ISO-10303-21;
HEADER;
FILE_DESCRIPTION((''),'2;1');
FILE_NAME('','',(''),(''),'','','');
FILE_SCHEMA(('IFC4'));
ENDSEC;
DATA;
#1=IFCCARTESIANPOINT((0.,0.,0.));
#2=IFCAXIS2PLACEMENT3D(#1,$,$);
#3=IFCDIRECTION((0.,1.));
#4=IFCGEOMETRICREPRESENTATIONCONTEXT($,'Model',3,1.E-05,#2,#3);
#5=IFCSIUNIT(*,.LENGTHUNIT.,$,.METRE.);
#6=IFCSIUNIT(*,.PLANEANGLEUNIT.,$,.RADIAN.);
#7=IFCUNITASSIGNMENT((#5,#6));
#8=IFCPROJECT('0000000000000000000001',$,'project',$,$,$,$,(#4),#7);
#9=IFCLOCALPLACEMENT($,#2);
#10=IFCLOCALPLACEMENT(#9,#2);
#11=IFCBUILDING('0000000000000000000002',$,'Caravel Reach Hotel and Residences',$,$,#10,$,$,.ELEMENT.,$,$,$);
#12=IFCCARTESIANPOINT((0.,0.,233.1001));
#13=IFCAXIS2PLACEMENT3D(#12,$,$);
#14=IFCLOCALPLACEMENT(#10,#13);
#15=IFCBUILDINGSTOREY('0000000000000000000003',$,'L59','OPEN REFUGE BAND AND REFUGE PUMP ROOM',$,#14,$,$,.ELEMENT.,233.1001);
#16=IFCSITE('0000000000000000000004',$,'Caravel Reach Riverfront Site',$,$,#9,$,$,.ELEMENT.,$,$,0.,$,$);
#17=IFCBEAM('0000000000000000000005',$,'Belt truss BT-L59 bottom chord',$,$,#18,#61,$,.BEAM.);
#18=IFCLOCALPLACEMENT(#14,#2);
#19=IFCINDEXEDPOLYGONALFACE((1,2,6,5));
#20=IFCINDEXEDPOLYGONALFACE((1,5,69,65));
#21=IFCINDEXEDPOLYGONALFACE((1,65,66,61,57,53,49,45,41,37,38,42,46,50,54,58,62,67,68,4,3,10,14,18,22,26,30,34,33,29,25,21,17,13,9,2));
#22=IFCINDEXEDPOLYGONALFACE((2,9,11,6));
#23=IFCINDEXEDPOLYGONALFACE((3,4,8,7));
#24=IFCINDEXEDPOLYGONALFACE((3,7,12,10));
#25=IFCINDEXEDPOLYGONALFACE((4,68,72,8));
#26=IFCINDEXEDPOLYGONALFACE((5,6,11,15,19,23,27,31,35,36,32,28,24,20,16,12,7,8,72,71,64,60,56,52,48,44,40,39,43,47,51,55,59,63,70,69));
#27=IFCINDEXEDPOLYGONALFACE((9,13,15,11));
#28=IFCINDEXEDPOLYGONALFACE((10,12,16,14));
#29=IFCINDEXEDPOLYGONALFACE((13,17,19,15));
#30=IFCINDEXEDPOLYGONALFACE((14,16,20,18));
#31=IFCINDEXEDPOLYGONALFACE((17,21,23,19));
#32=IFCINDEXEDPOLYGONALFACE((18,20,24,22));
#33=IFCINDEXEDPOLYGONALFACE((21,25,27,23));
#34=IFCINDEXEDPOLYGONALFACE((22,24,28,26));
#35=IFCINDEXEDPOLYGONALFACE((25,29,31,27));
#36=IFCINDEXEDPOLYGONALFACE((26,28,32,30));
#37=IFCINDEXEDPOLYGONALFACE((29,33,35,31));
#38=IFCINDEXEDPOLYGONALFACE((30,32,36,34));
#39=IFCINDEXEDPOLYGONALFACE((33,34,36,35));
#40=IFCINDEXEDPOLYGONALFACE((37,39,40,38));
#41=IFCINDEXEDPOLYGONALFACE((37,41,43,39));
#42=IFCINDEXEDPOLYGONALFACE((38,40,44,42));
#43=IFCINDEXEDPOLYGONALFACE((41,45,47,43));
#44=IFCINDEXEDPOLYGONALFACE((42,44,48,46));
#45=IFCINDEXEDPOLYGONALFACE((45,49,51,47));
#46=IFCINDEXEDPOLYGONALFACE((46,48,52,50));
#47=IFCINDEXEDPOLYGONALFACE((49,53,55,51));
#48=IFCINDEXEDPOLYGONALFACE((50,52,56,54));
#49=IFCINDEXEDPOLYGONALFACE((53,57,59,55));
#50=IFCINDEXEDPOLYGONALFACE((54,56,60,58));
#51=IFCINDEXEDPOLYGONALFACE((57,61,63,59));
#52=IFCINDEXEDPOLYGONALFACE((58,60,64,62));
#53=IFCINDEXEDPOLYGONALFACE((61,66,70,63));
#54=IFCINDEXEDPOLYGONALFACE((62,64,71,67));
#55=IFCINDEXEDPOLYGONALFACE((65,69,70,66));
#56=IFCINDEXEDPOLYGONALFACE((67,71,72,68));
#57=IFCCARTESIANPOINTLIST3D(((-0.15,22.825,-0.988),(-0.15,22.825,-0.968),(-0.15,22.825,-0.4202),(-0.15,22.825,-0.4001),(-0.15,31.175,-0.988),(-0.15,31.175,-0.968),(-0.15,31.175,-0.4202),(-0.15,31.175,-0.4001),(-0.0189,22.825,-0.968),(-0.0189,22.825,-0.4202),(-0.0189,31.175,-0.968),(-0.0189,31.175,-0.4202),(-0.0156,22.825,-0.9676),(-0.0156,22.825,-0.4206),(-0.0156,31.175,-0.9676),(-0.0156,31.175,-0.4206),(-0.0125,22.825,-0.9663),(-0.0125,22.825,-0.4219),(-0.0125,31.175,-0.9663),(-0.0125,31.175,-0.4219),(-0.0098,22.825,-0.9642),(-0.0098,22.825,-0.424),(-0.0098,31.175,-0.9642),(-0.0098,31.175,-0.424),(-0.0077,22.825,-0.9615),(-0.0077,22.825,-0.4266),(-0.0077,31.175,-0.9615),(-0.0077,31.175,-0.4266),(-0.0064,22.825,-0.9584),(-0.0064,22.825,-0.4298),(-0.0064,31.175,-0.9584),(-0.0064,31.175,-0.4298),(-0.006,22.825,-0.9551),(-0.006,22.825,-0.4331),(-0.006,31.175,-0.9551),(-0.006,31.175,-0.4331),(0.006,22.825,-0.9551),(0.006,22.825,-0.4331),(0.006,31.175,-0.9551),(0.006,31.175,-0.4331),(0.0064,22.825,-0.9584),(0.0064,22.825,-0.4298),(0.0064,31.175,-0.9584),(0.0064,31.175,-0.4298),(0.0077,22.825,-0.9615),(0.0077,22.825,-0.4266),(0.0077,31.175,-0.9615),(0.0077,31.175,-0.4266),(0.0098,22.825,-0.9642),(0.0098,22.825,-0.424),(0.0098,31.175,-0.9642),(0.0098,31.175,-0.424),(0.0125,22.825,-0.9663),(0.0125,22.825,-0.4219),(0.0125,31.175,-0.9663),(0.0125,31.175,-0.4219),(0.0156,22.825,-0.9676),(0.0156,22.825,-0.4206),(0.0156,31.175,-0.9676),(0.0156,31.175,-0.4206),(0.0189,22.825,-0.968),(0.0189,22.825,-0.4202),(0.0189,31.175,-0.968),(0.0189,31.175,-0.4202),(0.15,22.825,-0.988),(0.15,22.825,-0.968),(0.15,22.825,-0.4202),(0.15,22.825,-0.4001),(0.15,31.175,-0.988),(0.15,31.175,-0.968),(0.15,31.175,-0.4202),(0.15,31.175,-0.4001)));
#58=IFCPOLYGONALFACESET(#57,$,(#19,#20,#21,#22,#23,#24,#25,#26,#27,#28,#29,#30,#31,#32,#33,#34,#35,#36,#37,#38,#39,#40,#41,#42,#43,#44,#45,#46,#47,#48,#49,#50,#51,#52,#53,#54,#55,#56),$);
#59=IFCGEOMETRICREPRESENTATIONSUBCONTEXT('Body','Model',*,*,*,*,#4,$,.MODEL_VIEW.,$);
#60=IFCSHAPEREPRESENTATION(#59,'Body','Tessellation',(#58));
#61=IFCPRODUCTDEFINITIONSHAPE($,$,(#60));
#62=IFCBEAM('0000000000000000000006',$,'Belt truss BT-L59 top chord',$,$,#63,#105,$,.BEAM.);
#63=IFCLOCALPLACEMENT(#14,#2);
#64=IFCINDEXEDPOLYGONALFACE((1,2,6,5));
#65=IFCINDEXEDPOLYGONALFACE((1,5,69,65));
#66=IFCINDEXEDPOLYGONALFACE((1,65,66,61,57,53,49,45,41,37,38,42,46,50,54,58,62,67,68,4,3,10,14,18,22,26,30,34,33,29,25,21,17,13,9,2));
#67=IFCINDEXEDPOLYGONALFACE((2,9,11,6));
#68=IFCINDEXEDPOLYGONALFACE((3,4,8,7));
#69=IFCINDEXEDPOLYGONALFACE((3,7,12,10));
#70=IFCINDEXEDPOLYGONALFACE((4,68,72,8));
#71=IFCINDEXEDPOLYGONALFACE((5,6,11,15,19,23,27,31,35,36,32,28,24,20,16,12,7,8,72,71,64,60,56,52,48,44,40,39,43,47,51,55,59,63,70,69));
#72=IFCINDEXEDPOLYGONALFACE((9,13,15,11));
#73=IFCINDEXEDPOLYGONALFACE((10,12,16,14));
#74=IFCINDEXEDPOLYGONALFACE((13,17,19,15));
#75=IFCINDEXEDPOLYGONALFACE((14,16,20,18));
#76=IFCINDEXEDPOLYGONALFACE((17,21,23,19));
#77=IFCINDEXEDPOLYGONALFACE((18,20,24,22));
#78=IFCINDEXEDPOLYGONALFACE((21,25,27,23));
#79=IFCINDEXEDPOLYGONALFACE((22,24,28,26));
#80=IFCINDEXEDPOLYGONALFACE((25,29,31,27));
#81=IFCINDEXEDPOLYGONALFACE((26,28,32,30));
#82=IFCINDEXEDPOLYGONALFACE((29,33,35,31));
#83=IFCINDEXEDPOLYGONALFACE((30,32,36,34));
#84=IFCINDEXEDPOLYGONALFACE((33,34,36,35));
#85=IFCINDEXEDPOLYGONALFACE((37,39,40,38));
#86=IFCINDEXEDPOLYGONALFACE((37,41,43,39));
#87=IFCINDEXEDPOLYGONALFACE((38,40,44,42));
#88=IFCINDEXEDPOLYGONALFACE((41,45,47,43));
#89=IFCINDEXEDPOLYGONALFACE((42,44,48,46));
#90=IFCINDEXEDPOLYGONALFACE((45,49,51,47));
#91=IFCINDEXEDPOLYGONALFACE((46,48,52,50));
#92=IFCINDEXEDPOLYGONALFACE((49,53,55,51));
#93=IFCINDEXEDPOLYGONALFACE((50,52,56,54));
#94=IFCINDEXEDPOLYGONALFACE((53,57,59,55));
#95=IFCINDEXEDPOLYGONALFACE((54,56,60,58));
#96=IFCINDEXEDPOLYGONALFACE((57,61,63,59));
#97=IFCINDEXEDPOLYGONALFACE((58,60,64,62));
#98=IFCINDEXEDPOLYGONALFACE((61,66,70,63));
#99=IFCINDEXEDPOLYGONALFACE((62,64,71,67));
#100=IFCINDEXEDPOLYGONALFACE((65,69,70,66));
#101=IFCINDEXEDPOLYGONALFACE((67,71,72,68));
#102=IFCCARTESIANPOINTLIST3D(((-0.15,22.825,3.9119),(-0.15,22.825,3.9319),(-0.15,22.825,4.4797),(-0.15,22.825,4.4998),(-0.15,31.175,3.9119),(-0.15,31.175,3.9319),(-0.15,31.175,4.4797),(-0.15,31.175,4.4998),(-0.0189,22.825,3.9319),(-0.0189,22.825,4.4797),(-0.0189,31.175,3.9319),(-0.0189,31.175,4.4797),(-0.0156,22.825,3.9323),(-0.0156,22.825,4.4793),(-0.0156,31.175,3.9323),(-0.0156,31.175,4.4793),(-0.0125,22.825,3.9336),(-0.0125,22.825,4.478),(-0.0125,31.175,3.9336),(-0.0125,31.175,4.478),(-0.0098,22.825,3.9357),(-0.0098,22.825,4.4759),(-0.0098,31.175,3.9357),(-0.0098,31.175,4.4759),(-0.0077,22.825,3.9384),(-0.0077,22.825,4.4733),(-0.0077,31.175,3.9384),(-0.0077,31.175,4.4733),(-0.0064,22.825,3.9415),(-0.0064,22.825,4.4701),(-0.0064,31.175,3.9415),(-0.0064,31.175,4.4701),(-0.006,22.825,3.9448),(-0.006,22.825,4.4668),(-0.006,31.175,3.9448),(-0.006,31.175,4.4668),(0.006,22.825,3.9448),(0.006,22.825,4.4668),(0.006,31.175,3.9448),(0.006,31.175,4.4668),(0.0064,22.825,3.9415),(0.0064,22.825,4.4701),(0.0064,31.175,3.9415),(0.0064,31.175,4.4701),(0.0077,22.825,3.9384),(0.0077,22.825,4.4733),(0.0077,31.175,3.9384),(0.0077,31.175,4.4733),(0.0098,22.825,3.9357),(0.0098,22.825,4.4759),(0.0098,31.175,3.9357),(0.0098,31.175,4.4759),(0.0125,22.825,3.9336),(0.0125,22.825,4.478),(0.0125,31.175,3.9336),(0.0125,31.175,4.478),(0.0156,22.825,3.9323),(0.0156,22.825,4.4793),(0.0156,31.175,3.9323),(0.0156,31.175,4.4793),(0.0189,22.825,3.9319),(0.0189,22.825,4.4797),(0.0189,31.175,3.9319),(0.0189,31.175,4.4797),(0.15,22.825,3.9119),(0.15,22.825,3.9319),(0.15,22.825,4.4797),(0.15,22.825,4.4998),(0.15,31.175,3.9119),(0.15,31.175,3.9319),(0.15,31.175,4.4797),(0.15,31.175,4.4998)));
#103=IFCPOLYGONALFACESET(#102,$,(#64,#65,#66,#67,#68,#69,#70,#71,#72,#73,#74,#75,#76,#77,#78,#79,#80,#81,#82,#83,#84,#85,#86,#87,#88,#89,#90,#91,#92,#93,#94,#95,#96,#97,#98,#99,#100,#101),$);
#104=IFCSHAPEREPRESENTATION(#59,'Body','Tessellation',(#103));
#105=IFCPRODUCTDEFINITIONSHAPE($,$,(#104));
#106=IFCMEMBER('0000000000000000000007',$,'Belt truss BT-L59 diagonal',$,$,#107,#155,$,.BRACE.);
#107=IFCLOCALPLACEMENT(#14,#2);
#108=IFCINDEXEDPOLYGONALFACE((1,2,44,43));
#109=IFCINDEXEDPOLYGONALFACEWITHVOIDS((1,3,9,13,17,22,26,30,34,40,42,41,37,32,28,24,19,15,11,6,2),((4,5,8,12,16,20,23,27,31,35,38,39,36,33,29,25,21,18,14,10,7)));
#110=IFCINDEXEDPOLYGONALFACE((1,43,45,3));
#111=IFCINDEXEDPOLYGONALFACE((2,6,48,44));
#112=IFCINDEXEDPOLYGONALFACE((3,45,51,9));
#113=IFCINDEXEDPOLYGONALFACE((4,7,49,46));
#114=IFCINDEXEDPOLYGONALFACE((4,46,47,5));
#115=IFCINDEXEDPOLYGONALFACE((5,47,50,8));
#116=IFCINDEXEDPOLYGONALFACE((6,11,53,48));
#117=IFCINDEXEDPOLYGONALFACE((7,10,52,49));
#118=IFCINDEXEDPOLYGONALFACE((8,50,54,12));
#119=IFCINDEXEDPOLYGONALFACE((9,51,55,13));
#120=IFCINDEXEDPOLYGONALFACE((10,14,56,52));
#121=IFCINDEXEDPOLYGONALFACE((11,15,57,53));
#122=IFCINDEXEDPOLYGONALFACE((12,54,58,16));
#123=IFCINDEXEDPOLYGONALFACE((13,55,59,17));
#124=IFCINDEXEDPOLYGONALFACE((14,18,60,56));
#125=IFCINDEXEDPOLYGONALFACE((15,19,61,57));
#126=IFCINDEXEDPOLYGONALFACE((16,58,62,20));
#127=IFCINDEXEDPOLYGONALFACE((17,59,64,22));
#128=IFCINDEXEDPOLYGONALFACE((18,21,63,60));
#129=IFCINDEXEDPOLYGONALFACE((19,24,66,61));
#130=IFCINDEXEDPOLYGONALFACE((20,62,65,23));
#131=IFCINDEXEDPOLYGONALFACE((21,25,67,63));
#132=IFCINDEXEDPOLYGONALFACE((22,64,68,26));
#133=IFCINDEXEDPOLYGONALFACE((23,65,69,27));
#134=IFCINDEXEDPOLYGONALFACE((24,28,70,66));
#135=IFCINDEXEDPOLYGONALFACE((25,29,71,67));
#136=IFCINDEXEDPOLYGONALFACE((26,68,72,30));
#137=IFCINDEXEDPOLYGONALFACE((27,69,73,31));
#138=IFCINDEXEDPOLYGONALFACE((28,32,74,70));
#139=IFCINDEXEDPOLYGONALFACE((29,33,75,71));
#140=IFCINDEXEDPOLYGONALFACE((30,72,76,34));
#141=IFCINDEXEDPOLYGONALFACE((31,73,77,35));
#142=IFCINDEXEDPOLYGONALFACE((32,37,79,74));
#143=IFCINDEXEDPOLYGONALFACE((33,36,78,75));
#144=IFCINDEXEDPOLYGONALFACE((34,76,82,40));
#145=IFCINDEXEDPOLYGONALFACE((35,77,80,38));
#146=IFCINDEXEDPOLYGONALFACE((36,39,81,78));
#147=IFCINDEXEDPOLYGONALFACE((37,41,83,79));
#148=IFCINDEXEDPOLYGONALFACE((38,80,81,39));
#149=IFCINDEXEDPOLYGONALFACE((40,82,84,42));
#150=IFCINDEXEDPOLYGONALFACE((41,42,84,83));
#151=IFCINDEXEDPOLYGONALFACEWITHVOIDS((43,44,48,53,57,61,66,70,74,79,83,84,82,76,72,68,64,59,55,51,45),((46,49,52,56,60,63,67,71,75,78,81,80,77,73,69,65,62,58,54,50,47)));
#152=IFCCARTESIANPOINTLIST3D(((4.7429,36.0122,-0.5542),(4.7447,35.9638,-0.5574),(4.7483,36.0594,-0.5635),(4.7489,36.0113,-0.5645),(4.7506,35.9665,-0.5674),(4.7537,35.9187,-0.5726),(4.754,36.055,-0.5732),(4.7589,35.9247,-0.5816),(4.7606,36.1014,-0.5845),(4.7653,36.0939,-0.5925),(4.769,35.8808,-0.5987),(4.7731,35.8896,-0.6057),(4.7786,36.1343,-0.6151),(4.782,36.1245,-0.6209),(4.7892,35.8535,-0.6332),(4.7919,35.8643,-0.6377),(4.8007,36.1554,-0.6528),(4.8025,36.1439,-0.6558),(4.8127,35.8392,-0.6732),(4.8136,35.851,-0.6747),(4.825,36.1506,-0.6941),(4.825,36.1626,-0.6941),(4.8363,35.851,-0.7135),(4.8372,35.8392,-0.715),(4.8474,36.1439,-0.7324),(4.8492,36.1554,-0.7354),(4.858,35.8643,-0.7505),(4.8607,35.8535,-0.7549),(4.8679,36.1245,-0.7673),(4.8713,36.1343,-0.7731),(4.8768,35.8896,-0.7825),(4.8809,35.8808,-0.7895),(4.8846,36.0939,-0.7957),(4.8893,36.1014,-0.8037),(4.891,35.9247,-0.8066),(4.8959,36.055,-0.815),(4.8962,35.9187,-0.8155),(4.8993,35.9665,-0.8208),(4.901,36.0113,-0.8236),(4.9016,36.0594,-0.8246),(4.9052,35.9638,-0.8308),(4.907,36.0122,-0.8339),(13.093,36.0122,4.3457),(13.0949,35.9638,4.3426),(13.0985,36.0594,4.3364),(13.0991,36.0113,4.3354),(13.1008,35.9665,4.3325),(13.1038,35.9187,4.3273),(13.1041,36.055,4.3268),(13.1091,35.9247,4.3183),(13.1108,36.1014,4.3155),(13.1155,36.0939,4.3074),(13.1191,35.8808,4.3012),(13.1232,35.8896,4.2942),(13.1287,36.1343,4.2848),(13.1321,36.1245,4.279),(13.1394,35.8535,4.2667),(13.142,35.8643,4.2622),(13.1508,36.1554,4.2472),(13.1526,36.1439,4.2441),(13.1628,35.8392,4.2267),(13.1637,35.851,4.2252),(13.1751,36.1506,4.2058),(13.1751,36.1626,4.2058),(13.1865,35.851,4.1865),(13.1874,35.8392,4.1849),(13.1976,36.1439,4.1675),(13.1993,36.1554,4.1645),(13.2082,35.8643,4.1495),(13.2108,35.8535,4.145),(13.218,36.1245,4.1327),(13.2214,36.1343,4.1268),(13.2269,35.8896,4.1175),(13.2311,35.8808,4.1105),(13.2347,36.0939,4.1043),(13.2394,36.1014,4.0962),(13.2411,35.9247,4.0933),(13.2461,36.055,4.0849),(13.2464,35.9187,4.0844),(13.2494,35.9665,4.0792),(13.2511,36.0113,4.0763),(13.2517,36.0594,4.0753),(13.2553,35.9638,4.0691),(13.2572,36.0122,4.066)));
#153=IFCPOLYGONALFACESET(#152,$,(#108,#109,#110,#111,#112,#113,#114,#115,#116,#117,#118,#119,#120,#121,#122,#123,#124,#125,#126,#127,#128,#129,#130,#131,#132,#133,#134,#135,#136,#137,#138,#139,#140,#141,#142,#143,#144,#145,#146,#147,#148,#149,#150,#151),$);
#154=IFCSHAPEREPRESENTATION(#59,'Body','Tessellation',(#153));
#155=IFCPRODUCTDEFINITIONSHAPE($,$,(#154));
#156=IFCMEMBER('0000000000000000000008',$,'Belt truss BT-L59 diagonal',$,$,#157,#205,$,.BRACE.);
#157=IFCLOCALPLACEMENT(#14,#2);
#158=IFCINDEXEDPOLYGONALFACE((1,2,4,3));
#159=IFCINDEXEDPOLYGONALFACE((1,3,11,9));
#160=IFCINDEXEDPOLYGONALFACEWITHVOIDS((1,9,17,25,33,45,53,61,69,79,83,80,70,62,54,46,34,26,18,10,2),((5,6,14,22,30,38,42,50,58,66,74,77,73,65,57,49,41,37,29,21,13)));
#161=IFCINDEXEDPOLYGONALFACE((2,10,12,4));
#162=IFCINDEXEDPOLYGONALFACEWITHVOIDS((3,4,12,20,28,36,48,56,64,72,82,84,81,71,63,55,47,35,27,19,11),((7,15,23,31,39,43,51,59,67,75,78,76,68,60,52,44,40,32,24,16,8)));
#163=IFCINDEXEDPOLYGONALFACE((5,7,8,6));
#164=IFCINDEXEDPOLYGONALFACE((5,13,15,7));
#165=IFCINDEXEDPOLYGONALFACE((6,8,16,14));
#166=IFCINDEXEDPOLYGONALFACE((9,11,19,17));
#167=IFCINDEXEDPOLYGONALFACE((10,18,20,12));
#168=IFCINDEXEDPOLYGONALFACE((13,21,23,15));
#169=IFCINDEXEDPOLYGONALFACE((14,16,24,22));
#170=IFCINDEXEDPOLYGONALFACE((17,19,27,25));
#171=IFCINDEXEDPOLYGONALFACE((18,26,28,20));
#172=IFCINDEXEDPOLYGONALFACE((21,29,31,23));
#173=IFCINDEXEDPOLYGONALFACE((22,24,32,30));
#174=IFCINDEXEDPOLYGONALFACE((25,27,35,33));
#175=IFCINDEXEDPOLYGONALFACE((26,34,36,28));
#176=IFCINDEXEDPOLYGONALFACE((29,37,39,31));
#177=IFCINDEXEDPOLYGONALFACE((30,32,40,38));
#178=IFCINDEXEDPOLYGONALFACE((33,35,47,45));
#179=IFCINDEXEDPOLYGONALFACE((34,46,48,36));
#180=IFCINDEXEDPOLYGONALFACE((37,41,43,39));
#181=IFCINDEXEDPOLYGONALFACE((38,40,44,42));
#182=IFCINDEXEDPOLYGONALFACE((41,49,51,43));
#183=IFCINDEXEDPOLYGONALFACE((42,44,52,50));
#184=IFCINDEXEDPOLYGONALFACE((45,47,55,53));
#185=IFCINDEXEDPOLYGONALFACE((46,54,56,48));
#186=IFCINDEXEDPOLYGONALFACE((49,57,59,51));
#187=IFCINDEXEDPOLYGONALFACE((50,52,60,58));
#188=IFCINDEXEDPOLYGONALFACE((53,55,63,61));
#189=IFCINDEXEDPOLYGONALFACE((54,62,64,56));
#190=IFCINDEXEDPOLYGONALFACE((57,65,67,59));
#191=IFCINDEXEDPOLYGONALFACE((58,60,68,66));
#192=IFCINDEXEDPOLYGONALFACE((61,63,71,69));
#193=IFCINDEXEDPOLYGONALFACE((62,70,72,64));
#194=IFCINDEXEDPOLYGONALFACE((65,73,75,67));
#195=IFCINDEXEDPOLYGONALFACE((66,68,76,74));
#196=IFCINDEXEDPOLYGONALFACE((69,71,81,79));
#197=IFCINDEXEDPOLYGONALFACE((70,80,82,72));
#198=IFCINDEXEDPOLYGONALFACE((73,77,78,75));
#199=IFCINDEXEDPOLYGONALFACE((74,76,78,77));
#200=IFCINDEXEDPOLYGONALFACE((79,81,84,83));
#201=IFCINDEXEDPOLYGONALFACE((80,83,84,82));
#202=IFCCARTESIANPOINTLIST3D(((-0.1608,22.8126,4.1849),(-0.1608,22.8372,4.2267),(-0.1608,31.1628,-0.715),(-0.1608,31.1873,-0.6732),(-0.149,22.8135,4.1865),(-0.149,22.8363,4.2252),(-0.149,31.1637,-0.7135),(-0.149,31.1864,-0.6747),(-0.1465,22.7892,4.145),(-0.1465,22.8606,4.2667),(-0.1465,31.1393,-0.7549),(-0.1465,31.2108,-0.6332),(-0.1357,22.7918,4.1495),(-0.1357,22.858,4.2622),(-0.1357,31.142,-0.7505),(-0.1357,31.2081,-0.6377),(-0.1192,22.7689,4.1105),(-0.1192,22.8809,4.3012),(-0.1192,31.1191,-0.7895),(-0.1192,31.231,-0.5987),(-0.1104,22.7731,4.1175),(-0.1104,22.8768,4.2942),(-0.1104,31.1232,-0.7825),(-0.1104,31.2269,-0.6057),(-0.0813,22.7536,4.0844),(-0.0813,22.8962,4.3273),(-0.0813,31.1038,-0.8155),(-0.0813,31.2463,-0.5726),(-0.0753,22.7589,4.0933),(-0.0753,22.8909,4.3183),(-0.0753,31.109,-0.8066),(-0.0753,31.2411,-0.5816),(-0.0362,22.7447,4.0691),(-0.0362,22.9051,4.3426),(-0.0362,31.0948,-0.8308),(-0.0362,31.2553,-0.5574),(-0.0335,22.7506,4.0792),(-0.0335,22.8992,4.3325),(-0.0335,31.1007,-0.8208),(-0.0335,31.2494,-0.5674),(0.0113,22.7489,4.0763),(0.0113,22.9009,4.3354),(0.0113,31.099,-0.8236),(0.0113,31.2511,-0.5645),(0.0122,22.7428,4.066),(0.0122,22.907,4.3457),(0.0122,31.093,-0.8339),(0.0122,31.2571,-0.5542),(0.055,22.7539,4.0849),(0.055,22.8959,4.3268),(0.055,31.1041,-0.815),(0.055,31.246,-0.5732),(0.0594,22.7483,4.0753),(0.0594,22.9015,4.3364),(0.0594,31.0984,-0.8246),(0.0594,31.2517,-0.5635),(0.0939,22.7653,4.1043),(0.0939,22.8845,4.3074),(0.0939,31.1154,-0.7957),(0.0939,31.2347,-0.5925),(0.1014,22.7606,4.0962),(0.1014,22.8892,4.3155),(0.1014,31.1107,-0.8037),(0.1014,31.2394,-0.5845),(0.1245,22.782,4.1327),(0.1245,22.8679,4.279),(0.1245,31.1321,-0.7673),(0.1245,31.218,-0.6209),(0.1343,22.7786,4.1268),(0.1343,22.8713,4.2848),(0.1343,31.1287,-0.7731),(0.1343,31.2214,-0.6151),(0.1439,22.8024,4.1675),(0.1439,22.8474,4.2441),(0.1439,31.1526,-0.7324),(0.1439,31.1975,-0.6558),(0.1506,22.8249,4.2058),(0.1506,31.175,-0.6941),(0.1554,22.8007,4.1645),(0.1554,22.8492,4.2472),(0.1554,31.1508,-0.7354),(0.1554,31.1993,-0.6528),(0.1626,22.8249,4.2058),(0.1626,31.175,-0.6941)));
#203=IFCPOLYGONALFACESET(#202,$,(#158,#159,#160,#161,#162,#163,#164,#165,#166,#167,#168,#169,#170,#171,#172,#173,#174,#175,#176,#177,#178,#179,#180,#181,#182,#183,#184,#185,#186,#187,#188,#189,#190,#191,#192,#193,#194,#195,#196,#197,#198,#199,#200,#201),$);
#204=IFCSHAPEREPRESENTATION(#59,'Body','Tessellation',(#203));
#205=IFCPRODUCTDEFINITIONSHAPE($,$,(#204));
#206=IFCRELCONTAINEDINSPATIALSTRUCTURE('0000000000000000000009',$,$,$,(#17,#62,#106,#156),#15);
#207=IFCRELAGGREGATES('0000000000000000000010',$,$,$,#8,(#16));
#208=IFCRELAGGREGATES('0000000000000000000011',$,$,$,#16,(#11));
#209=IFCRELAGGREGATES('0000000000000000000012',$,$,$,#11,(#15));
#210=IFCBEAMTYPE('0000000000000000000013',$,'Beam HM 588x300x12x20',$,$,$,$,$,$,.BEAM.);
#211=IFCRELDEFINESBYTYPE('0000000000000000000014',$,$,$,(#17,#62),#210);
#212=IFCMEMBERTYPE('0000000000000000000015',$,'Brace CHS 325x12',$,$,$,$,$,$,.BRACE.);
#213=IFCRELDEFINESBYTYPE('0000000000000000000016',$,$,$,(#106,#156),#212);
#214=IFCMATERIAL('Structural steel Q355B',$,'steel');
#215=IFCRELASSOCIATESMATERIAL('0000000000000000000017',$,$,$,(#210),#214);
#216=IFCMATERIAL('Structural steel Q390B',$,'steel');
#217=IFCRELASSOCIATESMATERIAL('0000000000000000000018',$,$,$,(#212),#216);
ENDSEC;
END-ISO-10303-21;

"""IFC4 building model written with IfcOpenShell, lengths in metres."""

from ifc_helpers import new_model, si_unit, direction, frame, origin, origin_2d, place, context, subcontext, project, spatial, hollow_circle, i_section, extrude, material, material_profile, profile_set, type_object, element, save


model = new_model("IFC4")

# Units and contexts
model_context = context("Model", 3, precision=1e-05, world=origin(), true_north=direction((0.0, 1.0)))
body_context = subcontext(model_context, "Body", "Model", "MODEL_VIEW")
ifc_project = project(units=[si_unit("LENGTHUNIT", "METRE"), si_unit("PLANEANGLEUNIT", "RADIAN")], contexts=[model_context])

# Site, building, storey
site_placement = place(None, origin())
site = spatial("IfcSite", under=ifc_project, at=site_placement, Name="Caravel Reach Riverfront Site", CompositionType="ELEMENT", RefElevation=0.0)
building_placement = place(site_placement, origin())
building = spatial("IfcBuilding", under=site, at=building_placement, Name="Caravel Reach Hotel and Residences", CompositionType="ELEMENT")
storey_placement = place(building_placement, frame((0.0, 0.0, 233.1001)))
storey = spatial("IfcBuildingStorey", under=building, at=storey_placement, Name="L59", Description="OPEN REFUGE BAND AND REFUGE PUMP ROOM", CompositionType="ELEMENT", Elevation=233.1001)

# Beams
ifc_material_1 = material(Name="Structural steel Q355B", Category="steel")
ifc_material_profile_1 = material_profile(ifc_material_1, i_section(OverallWidth=0.3, OverallDepth=0.5879, WebThickness=0.012, FlangeThickness=0.02, FilletRadius=0.0129, at=origin_2d()), Name="HM 588x300x12x20")
ifc_profile_set_1 = profile_set([ifc_material_profile_1], Name="Structural steel Q355B")
beam_type = type_object("IfcBeamType", Name="Beam HM 588x300x12x20", PredefinedType="BEAM", material=ifc_profile_set_1)
for number, where, z_axis, x_axis, name in (
    (1, (0.0, 31.175, -0.6941), (0.0, -1.0, 0.0), (1.0, 0.0, 0.0), "Belt truss BT-L59 bottom chord"),
    (2, (0.0, 31.175, 4.2058), (0.0, -1.0, 0.0), (1.0, 0.0, 0.0), "Belt truss BT-L59 top chord"),
):
    element("IfcBeam", number, at=place(storey_placement, frame(where, z_axis=z_axis, x_axis=x_axis)), inside=storey, type_object=beam_type, Name=name, PredefinedType="BEAM", context=body_context, shape_type="SweptSolid", body=[
        extrude(i_section(OverallWidth=0.3, OverallDepth=0.5879, WebThickness=0.012, FlangeThickness=0.02, FilletRadius=0.0129, at=origin_2d()), origin(), (0.0, 0.0, 1.0), 8.3501),
    ])

# Members
ifc_material_2 = material(Name="Structural steel Q390B", Category="steel")
ifc_material_profile_2 = material_profile(ifc_material_2, hollow_circle(Radius=0.1626, WallThickness=0.012, at=origin_2d()), Name="CHS 325x12")
ifc_profile_set_2 = profile_set([ifc_material_profile_2], Name="Structural steel Q390B")
member_type = type_object("IfcMemberType", Name="Brace CHS 325x12", PredefinedType="BRACE", material=ifc_profile_set_2)
for number, where, z_axis, x_axis, name in (
    (3, (4.825, 36.0, -0.6941), (0.862472, 0.0, 0.506105), (0.0, 1.0, 0.0), "Belt truss BT-L59 diagonal"),
    (4, (0.0, 31.175, -0.6941), (0.0, -0.862472, 0.506105), (1.0, 0.0, 0.0), "Belt truss BT-L59 diagonal"),
):
    element("IfcMember", number, at=place(storey_placement, frame(where, z_axis=z_axis, x_axis=x_axis)), inside=storey, type_object=member_type, Name=name, PredefinedType="BRACE", context=body_context, shape_type="SweptSolid", body=[
        extrude(hollow_circle(Radius=0.1626, WallThickness=0.012, at=origin_2d()), origin(), (0.0, 0.0, 1.0), 9.6816),
    ])

save(model, "model.ifc")
